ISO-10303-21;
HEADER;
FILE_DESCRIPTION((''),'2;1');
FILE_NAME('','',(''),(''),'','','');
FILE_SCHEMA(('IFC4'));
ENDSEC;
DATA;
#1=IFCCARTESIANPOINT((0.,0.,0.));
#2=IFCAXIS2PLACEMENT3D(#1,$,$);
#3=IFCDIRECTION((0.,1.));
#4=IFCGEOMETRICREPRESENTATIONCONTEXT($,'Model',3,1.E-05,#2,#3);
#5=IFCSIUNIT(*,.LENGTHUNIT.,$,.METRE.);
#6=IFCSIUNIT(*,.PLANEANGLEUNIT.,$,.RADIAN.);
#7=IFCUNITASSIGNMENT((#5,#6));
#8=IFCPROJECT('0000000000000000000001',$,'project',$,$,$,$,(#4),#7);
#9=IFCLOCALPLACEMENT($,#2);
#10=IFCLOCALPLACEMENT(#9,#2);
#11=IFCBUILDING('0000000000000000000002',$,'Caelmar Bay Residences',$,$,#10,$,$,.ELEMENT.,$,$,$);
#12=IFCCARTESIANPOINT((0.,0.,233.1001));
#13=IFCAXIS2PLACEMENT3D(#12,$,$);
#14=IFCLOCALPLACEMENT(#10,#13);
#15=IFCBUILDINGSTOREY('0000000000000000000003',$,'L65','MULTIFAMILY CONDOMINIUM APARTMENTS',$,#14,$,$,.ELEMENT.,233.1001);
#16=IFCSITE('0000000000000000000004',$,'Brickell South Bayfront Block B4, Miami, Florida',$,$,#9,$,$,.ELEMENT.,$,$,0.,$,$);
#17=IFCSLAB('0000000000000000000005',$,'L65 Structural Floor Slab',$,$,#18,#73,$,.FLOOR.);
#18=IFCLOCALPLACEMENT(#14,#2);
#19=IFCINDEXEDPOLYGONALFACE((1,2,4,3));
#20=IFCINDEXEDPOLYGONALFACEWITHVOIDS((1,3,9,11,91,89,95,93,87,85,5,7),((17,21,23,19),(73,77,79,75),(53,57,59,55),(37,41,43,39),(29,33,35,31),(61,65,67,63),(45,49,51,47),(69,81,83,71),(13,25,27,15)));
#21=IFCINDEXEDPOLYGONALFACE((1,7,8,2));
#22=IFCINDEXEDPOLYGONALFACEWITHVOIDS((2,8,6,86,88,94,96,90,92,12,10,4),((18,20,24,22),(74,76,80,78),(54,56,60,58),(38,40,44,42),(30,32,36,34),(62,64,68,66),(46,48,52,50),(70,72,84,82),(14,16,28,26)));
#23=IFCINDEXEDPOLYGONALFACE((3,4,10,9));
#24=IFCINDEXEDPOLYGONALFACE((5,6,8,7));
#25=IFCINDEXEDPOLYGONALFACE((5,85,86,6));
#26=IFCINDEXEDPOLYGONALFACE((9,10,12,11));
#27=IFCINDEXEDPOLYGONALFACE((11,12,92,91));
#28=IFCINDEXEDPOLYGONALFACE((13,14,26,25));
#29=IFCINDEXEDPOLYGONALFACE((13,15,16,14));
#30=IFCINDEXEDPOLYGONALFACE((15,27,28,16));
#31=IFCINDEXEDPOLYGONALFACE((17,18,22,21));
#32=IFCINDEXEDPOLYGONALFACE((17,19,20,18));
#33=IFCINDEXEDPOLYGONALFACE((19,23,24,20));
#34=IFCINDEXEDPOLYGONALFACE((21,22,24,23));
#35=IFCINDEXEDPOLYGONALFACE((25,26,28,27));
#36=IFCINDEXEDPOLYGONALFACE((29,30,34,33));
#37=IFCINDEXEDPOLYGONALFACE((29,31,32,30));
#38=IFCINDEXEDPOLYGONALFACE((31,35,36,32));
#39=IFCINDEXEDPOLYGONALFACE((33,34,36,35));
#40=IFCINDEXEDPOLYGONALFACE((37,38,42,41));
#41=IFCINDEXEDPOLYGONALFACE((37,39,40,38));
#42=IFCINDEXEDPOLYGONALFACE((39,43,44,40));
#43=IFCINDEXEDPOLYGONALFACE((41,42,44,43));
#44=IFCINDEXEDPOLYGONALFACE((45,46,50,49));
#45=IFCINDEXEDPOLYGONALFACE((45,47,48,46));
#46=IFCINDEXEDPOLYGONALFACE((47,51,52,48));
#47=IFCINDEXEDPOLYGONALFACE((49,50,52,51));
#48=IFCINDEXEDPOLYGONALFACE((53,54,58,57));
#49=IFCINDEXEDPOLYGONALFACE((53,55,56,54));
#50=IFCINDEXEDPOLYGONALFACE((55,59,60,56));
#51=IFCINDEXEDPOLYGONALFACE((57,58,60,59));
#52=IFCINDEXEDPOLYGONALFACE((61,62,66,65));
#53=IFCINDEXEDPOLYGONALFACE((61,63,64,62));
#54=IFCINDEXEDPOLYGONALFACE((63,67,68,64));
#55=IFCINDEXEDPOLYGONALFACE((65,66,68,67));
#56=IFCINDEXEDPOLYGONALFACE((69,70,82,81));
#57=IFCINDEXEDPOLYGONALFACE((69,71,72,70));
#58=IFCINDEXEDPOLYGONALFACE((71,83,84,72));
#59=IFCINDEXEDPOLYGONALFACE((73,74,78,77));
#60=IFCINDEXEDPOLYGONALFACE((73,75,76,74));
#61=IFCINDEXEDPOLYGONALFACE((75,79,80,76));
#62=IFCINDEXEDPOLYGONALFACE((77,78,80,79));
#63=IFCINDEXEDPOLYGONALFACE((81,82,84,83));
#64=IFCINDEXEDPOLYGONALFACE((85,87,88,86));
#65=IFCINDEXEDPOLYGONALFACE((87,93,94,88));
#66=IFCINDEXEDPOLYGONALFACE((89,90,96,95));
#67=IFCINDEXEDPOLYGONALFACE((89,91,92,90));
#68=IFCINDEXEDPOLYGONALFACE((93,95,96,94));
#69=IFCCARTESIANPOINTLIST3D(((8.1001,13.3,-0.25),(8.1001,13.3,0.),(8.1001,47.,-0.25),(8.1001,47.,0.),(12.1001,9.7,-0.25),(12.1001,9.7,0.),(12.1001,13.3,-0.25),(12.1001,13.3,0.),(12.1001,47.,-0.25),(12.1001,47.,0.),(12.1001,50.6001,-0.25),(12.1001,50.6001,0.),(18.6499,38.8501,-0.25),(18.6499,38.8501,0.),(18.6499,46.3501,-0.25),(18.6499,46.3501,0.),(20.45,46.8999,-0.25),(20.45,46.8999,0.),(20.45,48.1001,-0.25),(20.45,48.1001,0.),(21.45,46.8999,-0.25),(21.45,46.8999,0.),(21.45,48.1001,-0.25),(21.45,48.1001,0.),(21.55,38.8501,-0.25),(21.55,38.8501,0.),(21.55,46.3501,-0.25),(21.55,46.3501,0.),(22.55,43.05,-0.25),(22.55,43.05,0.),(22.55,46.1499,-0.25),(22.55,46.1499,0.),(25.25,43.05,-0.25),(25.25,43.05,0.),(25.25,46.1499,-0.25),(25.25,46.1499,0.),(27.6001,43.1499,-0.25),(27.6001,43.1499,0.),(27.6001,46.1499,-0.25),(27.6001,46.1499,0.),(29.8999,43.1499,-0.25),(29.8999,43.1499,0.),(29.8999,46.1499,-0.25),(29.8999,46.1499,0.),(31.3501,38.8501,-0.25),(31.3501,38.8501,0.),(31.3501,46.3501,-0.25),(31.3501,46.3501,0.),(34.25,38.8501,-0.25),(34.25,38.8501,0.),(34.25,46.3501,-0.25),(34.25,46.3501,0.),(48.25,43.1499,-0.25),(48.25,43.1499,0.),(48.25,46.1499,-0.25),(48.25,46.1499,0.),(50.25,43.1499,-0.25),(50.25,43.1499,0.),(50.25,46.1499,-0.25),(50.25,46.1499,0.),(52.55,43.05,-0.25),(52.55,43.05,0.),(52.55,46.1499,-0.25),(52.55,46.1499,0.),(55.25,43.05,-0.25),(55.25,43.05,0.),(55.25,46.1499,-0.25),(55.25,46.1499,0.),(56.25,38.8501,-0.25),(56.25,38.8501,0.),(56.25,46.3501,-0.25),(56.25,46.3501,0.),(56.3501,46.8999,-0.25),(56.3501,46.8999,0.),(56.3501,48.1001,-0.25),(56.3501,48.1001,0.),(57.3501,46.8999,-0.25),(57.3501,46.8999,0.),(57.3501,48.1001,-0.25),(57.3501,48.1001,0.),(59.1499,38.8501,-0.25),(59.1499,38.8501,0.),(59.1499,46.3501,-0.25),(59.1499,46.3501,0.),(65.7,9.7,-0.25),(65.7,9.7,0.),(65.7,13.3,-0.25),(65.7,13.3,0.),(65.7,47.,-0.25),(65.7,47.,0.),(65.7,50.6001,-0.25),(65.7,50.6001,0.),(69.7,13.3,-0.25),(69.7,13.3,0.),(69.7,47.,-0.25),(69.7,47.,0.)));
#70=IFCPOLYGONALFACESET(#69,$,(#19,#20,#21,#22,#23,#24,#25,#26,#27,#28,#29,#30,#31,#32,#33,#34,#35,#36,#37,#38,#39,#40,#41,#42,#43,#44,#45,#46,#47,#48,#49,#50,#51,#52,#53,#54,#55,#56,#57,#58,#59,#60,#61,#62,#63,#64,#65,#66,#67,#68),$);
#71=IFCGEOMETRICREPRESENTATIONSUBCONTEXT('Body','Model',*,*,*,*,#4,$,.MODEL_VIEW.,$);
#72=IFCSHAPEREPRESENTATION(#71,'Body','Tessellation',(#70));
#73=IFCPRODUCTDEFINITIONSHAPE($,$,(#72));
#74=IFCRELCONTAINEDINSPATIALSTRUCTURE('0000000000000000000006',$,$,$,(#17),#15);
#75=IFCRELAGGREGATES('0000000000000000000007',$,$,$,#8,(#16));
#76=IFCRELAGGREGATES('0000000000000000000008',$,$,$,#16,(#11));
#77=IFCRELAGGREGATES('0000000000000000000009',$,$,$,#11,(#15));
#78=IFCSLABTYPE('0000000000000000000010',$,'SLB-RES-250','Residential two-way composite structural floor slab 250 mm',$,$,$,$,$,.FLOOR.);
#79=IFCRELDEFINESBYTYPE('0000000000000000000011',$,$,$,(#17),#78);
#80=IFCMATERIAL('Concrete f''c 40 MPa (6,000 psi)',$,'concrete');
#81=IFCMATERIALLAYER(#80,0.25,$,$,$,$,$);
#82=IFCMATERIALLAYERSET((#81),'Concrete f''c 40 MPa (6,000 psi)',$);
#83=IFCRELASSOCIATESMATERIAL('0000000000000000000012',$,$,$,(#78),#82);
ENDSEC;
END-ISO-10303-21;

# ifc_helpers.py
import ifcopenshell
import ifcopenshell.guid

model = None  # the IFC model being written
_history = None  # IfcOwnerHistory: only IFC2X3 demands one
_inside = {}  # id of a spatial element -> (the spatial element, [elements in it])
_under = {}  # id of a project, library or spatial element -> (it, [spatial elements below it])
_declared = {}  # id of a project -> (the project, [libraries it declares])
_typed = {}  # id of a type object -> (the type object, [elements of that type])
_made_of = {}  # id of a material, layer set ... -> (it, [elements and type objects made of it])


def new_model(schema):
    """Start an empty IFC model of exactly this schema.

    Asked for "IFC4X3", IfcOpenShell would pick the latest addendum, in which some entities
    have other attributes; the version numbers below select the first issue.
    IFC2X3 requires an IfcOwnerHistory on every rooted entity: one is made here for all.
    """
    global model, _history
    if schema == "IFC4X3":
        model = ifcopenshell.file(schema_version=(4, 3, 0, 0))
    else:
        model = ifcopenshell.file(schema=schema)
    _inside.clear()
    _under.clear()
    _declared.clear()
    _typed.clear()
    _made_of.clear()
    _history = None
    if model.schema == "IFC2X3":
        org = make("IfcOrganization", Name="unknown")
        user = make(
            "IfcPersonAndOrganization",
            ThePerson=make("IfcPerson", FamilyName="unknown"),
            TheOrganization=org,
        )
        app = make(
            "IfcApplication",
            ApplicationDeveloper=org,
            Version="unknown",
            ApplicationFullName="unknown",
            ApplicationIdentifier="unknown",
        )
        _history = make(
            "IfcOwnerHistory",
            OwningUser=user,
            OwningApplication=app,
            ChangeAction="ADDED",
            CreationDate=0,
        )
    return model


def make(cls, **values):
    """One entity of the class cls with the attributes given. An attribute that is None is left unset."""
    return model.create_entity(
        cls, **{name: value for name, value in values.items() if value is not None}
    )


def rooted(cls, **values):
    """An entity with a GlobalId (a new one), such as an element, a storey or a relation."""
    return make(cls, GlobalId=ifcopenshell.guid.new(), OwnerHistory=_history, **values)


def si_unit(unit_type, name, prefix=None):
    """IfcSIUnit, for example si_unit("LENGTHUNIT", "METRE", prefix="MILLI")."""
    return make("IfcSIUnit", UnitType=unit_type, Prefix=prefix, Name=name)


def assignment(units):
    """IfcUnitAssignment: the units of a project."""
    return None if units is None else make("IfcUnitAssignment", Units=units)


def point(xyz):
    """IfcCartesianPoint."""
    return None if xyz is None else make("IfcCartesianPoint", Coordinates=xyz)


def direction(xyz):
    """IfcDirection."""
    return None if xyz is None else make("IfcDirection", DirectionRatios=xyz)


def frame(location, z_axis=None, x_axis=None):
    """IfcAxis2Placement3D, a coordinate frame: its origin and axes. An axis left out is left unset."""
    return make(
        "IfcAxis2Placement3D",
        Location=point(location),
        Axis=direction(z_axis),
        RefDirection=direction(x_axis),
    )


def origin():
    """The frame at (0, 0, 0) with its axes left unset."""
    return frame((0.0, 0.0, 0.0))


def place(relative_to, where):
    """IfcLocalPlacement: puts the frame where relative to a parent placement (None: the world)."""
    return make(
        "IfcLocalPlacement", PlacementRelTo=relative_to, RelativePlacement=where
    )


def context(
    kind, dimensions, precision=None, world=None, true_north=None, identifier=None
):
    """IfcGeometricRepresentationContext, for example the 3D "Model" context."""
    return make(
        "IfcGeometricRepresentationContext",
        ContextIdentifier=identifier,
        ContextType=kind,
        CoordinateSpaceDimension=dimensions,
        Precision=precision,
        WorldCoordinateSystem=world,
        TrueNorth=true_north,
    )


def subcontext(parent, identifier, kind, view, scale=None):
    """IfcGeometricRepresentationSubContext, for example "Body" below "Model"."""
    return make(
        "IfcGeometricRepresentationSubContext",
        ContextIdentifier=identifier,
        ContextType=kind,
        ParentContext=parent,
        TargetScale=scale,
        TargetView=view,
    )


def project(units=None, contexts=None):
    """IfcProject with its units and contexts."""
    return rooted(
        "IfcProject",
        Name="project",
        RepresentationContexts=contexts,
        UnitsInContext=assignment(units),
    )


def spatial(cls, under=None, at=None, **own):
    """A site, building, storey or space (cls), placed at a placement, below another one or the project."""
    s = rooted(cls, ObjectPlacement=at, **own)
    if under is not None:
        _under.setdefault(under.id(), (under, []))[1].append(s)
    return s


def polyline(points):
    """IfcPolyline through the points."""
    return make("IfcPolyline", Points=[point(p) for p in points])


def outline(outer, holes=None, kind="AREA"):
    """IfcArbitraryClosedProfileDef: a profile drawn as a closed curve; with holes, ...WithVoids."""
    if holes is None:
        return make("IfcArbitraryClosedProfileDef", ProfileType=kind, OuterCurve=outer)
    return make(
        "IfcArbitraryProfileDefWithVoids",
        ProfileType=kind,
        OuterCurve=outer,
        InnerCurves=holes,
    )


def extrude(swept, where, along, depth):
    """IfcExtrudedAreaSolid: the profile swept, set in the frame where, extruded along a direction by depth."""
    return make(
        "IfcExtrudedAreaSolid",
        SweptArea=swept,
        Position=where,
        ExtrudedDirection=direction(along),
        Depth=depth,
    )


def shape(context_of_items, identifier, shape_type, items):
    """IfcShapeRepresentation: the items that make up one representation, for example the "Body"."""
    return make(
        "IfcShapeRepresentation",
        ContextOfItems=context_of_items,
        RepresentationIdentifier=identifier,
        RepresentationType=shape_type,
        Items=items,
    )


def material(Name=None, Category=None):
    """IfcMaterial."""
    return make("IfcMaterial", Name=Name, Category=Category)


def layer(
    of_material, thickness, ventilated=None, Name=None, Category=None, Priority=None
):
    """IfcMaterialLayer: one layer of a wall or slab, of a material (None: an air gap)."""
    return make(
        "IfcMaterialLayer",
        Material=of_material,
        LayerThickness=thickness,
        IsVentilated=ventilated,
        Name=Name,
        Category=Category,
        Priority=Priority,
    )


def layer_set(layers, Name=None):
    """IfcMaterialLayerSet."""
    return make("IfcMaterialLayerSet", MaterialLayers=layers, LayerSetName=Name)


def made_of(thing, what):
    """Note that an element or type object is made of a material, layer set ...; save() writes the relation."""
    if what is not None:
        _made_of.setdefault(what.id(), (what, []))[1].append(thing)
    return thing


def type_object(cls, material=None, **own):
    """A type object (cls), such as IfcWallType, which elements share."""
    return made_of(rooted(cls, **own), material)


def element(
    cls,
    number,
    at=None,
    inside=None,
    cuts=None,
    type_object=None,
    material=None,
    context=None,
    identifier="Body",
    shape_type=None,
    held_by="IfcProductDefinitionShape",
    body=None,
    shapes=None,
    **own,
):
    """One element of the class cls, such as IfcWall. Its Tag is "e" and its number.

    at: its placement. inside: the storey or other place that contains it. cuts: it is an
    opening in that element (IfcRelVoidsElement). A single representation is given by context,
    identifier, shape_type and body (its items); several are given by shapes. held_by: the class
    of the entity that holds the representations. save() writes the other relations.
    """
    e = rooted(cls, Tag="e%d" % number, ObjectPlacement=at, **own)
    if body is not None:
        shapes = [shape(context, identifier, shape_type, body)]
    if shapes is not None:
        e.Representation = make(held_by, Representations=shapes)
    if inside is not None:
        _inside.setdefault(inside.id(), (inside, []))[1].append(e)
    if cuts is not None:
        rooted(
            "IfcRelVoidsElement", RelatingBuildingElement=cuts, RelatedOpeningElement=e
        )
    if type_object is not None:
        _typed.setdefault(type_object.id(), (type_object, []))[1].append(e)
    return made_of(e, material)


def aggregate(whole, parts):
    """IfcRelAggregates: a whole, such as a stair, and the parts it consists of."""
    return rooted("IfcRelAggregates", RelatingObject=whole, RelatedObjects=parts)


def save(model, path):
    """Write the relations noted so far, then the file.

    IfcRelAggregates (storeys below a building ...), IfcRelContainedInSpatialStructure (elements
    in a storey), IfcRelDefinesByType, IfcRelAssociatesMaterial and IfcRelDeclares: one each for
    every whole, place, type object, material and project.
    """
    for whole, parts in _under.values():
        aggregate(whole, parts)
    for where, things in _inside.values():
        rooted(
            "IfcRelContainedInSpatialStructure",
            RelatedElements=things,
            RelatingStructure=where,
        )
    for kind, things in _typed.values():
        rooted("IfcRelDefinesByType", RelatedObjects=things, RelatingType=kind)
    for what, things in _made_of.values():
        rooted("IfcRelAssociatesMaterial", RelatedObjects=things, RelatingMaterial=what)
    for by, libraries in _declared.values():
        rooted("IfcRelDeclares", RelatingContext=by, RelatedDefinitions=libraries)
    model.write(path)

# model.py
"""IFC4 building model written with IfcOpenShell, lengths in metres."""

from ifc_helpers import new_model, si_unit, direction, frame, origin, place, context, subcontext, project, spatial, polyline, outline, extrude, material, layer, layer_set, type_object, element, save


model = new_model("IFC4")

# Units and contexts
model_context = context("Model", 3, precision=1e-05, world=origin(), true_north=direction((0.0, 1.0)))
body_context = subcontext(model_context, "Body", "Model", "MODEL_VIEW")
ifc_project = project(units=[si_unit("LENGTHUNIT", "METRE"), si_unit("PLANEANGLEUNIT", "RADIAN")], contexts=[model_context])

# Site, building, storey
site_placement = place(None, origin())
site = spatial("IfcSite", under=ifc_project, at=site_placement, Name="Brickell South Bayfront Block B4, Miami, Florida", CompositionType="ELEMENT", RefElevation=0.0)
building_placement = place(site_placement, origin())
building = spatial("IfcBuilding", under=site, at=building_placement, Name="Caelmar Bay Residences", CompositionType="ELEMENT")
storey_placement = place(building_placement, frame((0.0, 0.0, 233.1001)))
storey = spatial("IfcBuildingStorey", under=building, at=storey_placement, Name="L65", Description="MULTIFAMILY CONDOMINIUM APARTMENTS", CompositionType="ELEMENT", Elevation=233.1001)

# Shared definitions
ifc_material_1 = material(Name="Concrete f'c 40 MPa (6,000 psi)", Category="concrete")

# Slab
ifc_layer_1 = layer(ifc_material_1, 0.25)
ifc_layer_set_1 = layer_set([ifc_layer_1], Name="Concrete f'c 40 MPa (6,000 psi)")
slab_type_1 = type_object("IfcSlabType", Name="SLB-RES-250", Description="Residential two-way composite structural floor slab 250 mm", PredefinedType="FLOOR", material=ifc_layer_set_1)
slab_1_placement = place(storey_placement, frame((0.0, 0.0, -0.25)))
element("IfcSlab", 1, at=slab_1_placement, inside=storey, type_object=slab_type_1, Name="L65 Structural Floor Slab", PredefinedType="FLOOR", context=body_context, shape_type="SweptSolid", body=[
    extrude(outline(polyline([(12.1001, 9.7), (65.7, 9.7), (65.7, 13.3), (69.7, 13.3), (69.7, 47.0), (65.7, 47.0), (65.7, 50.6001), (12.1001, 50.6001), (12.1001, 47.0), (8.1001, 47.0), (8.1001, 13.3), (12.1001, 13.3), (12.1001, 9.7)]), holes=[polyline([(18.6499, 38.8501), (21.55, 38.8501), (21.55, 46.3501), (18.6499, 46.3501), (18.6499, 38.8501)]), polyline([(56.25, 38.8501), (59.1499, 38.8501), (59.1499, 46.3501), (56.25, 46.3501), (56.25, 38.8501)]), polyline([(31.3501, 38.8501), (34.25, 38.8501), (34.25, 46.3501), (31.3501, 46.3501), (31.3501, 38.8501)]), polyline([(22.55, 43.05), (25.25, 43.05), (25.25, 46.1499), (22.55, 46.1499), (22.55, 43.05)]), polyline([(52.55, 43.05), (55.25, 43.05), (55.25, 46.1499), (52.55, 46.1499), (52.55, 43.05)]), polyline([(48.25, 43.1499), (50.25, 43.1499), (50.25, 46.1499), (48.25, 46.1499), (48.25, 43.1499)]), polyline([(27.6001, 43.1499), (29.8999, 43.1499), (29.8999, 46.1499), (27.6001, 46.1499), (27.6001, 43.1499)]), polyline([(20.45, 46.8999), (21.45, 46.8999), (21.45, 48.1001), (20.45, 48.1001), (20.45, 46.8999)]), polyline([(56.3501, 46.8999), (57.3501, 46.8999), (57.3501, 48.1001), (56.3501, 48.1001), (56.3501, 46.8999)])]), origin(), (0.0, 0.0, 1.0), 0.25),
])

save(model, "model.ifc")
